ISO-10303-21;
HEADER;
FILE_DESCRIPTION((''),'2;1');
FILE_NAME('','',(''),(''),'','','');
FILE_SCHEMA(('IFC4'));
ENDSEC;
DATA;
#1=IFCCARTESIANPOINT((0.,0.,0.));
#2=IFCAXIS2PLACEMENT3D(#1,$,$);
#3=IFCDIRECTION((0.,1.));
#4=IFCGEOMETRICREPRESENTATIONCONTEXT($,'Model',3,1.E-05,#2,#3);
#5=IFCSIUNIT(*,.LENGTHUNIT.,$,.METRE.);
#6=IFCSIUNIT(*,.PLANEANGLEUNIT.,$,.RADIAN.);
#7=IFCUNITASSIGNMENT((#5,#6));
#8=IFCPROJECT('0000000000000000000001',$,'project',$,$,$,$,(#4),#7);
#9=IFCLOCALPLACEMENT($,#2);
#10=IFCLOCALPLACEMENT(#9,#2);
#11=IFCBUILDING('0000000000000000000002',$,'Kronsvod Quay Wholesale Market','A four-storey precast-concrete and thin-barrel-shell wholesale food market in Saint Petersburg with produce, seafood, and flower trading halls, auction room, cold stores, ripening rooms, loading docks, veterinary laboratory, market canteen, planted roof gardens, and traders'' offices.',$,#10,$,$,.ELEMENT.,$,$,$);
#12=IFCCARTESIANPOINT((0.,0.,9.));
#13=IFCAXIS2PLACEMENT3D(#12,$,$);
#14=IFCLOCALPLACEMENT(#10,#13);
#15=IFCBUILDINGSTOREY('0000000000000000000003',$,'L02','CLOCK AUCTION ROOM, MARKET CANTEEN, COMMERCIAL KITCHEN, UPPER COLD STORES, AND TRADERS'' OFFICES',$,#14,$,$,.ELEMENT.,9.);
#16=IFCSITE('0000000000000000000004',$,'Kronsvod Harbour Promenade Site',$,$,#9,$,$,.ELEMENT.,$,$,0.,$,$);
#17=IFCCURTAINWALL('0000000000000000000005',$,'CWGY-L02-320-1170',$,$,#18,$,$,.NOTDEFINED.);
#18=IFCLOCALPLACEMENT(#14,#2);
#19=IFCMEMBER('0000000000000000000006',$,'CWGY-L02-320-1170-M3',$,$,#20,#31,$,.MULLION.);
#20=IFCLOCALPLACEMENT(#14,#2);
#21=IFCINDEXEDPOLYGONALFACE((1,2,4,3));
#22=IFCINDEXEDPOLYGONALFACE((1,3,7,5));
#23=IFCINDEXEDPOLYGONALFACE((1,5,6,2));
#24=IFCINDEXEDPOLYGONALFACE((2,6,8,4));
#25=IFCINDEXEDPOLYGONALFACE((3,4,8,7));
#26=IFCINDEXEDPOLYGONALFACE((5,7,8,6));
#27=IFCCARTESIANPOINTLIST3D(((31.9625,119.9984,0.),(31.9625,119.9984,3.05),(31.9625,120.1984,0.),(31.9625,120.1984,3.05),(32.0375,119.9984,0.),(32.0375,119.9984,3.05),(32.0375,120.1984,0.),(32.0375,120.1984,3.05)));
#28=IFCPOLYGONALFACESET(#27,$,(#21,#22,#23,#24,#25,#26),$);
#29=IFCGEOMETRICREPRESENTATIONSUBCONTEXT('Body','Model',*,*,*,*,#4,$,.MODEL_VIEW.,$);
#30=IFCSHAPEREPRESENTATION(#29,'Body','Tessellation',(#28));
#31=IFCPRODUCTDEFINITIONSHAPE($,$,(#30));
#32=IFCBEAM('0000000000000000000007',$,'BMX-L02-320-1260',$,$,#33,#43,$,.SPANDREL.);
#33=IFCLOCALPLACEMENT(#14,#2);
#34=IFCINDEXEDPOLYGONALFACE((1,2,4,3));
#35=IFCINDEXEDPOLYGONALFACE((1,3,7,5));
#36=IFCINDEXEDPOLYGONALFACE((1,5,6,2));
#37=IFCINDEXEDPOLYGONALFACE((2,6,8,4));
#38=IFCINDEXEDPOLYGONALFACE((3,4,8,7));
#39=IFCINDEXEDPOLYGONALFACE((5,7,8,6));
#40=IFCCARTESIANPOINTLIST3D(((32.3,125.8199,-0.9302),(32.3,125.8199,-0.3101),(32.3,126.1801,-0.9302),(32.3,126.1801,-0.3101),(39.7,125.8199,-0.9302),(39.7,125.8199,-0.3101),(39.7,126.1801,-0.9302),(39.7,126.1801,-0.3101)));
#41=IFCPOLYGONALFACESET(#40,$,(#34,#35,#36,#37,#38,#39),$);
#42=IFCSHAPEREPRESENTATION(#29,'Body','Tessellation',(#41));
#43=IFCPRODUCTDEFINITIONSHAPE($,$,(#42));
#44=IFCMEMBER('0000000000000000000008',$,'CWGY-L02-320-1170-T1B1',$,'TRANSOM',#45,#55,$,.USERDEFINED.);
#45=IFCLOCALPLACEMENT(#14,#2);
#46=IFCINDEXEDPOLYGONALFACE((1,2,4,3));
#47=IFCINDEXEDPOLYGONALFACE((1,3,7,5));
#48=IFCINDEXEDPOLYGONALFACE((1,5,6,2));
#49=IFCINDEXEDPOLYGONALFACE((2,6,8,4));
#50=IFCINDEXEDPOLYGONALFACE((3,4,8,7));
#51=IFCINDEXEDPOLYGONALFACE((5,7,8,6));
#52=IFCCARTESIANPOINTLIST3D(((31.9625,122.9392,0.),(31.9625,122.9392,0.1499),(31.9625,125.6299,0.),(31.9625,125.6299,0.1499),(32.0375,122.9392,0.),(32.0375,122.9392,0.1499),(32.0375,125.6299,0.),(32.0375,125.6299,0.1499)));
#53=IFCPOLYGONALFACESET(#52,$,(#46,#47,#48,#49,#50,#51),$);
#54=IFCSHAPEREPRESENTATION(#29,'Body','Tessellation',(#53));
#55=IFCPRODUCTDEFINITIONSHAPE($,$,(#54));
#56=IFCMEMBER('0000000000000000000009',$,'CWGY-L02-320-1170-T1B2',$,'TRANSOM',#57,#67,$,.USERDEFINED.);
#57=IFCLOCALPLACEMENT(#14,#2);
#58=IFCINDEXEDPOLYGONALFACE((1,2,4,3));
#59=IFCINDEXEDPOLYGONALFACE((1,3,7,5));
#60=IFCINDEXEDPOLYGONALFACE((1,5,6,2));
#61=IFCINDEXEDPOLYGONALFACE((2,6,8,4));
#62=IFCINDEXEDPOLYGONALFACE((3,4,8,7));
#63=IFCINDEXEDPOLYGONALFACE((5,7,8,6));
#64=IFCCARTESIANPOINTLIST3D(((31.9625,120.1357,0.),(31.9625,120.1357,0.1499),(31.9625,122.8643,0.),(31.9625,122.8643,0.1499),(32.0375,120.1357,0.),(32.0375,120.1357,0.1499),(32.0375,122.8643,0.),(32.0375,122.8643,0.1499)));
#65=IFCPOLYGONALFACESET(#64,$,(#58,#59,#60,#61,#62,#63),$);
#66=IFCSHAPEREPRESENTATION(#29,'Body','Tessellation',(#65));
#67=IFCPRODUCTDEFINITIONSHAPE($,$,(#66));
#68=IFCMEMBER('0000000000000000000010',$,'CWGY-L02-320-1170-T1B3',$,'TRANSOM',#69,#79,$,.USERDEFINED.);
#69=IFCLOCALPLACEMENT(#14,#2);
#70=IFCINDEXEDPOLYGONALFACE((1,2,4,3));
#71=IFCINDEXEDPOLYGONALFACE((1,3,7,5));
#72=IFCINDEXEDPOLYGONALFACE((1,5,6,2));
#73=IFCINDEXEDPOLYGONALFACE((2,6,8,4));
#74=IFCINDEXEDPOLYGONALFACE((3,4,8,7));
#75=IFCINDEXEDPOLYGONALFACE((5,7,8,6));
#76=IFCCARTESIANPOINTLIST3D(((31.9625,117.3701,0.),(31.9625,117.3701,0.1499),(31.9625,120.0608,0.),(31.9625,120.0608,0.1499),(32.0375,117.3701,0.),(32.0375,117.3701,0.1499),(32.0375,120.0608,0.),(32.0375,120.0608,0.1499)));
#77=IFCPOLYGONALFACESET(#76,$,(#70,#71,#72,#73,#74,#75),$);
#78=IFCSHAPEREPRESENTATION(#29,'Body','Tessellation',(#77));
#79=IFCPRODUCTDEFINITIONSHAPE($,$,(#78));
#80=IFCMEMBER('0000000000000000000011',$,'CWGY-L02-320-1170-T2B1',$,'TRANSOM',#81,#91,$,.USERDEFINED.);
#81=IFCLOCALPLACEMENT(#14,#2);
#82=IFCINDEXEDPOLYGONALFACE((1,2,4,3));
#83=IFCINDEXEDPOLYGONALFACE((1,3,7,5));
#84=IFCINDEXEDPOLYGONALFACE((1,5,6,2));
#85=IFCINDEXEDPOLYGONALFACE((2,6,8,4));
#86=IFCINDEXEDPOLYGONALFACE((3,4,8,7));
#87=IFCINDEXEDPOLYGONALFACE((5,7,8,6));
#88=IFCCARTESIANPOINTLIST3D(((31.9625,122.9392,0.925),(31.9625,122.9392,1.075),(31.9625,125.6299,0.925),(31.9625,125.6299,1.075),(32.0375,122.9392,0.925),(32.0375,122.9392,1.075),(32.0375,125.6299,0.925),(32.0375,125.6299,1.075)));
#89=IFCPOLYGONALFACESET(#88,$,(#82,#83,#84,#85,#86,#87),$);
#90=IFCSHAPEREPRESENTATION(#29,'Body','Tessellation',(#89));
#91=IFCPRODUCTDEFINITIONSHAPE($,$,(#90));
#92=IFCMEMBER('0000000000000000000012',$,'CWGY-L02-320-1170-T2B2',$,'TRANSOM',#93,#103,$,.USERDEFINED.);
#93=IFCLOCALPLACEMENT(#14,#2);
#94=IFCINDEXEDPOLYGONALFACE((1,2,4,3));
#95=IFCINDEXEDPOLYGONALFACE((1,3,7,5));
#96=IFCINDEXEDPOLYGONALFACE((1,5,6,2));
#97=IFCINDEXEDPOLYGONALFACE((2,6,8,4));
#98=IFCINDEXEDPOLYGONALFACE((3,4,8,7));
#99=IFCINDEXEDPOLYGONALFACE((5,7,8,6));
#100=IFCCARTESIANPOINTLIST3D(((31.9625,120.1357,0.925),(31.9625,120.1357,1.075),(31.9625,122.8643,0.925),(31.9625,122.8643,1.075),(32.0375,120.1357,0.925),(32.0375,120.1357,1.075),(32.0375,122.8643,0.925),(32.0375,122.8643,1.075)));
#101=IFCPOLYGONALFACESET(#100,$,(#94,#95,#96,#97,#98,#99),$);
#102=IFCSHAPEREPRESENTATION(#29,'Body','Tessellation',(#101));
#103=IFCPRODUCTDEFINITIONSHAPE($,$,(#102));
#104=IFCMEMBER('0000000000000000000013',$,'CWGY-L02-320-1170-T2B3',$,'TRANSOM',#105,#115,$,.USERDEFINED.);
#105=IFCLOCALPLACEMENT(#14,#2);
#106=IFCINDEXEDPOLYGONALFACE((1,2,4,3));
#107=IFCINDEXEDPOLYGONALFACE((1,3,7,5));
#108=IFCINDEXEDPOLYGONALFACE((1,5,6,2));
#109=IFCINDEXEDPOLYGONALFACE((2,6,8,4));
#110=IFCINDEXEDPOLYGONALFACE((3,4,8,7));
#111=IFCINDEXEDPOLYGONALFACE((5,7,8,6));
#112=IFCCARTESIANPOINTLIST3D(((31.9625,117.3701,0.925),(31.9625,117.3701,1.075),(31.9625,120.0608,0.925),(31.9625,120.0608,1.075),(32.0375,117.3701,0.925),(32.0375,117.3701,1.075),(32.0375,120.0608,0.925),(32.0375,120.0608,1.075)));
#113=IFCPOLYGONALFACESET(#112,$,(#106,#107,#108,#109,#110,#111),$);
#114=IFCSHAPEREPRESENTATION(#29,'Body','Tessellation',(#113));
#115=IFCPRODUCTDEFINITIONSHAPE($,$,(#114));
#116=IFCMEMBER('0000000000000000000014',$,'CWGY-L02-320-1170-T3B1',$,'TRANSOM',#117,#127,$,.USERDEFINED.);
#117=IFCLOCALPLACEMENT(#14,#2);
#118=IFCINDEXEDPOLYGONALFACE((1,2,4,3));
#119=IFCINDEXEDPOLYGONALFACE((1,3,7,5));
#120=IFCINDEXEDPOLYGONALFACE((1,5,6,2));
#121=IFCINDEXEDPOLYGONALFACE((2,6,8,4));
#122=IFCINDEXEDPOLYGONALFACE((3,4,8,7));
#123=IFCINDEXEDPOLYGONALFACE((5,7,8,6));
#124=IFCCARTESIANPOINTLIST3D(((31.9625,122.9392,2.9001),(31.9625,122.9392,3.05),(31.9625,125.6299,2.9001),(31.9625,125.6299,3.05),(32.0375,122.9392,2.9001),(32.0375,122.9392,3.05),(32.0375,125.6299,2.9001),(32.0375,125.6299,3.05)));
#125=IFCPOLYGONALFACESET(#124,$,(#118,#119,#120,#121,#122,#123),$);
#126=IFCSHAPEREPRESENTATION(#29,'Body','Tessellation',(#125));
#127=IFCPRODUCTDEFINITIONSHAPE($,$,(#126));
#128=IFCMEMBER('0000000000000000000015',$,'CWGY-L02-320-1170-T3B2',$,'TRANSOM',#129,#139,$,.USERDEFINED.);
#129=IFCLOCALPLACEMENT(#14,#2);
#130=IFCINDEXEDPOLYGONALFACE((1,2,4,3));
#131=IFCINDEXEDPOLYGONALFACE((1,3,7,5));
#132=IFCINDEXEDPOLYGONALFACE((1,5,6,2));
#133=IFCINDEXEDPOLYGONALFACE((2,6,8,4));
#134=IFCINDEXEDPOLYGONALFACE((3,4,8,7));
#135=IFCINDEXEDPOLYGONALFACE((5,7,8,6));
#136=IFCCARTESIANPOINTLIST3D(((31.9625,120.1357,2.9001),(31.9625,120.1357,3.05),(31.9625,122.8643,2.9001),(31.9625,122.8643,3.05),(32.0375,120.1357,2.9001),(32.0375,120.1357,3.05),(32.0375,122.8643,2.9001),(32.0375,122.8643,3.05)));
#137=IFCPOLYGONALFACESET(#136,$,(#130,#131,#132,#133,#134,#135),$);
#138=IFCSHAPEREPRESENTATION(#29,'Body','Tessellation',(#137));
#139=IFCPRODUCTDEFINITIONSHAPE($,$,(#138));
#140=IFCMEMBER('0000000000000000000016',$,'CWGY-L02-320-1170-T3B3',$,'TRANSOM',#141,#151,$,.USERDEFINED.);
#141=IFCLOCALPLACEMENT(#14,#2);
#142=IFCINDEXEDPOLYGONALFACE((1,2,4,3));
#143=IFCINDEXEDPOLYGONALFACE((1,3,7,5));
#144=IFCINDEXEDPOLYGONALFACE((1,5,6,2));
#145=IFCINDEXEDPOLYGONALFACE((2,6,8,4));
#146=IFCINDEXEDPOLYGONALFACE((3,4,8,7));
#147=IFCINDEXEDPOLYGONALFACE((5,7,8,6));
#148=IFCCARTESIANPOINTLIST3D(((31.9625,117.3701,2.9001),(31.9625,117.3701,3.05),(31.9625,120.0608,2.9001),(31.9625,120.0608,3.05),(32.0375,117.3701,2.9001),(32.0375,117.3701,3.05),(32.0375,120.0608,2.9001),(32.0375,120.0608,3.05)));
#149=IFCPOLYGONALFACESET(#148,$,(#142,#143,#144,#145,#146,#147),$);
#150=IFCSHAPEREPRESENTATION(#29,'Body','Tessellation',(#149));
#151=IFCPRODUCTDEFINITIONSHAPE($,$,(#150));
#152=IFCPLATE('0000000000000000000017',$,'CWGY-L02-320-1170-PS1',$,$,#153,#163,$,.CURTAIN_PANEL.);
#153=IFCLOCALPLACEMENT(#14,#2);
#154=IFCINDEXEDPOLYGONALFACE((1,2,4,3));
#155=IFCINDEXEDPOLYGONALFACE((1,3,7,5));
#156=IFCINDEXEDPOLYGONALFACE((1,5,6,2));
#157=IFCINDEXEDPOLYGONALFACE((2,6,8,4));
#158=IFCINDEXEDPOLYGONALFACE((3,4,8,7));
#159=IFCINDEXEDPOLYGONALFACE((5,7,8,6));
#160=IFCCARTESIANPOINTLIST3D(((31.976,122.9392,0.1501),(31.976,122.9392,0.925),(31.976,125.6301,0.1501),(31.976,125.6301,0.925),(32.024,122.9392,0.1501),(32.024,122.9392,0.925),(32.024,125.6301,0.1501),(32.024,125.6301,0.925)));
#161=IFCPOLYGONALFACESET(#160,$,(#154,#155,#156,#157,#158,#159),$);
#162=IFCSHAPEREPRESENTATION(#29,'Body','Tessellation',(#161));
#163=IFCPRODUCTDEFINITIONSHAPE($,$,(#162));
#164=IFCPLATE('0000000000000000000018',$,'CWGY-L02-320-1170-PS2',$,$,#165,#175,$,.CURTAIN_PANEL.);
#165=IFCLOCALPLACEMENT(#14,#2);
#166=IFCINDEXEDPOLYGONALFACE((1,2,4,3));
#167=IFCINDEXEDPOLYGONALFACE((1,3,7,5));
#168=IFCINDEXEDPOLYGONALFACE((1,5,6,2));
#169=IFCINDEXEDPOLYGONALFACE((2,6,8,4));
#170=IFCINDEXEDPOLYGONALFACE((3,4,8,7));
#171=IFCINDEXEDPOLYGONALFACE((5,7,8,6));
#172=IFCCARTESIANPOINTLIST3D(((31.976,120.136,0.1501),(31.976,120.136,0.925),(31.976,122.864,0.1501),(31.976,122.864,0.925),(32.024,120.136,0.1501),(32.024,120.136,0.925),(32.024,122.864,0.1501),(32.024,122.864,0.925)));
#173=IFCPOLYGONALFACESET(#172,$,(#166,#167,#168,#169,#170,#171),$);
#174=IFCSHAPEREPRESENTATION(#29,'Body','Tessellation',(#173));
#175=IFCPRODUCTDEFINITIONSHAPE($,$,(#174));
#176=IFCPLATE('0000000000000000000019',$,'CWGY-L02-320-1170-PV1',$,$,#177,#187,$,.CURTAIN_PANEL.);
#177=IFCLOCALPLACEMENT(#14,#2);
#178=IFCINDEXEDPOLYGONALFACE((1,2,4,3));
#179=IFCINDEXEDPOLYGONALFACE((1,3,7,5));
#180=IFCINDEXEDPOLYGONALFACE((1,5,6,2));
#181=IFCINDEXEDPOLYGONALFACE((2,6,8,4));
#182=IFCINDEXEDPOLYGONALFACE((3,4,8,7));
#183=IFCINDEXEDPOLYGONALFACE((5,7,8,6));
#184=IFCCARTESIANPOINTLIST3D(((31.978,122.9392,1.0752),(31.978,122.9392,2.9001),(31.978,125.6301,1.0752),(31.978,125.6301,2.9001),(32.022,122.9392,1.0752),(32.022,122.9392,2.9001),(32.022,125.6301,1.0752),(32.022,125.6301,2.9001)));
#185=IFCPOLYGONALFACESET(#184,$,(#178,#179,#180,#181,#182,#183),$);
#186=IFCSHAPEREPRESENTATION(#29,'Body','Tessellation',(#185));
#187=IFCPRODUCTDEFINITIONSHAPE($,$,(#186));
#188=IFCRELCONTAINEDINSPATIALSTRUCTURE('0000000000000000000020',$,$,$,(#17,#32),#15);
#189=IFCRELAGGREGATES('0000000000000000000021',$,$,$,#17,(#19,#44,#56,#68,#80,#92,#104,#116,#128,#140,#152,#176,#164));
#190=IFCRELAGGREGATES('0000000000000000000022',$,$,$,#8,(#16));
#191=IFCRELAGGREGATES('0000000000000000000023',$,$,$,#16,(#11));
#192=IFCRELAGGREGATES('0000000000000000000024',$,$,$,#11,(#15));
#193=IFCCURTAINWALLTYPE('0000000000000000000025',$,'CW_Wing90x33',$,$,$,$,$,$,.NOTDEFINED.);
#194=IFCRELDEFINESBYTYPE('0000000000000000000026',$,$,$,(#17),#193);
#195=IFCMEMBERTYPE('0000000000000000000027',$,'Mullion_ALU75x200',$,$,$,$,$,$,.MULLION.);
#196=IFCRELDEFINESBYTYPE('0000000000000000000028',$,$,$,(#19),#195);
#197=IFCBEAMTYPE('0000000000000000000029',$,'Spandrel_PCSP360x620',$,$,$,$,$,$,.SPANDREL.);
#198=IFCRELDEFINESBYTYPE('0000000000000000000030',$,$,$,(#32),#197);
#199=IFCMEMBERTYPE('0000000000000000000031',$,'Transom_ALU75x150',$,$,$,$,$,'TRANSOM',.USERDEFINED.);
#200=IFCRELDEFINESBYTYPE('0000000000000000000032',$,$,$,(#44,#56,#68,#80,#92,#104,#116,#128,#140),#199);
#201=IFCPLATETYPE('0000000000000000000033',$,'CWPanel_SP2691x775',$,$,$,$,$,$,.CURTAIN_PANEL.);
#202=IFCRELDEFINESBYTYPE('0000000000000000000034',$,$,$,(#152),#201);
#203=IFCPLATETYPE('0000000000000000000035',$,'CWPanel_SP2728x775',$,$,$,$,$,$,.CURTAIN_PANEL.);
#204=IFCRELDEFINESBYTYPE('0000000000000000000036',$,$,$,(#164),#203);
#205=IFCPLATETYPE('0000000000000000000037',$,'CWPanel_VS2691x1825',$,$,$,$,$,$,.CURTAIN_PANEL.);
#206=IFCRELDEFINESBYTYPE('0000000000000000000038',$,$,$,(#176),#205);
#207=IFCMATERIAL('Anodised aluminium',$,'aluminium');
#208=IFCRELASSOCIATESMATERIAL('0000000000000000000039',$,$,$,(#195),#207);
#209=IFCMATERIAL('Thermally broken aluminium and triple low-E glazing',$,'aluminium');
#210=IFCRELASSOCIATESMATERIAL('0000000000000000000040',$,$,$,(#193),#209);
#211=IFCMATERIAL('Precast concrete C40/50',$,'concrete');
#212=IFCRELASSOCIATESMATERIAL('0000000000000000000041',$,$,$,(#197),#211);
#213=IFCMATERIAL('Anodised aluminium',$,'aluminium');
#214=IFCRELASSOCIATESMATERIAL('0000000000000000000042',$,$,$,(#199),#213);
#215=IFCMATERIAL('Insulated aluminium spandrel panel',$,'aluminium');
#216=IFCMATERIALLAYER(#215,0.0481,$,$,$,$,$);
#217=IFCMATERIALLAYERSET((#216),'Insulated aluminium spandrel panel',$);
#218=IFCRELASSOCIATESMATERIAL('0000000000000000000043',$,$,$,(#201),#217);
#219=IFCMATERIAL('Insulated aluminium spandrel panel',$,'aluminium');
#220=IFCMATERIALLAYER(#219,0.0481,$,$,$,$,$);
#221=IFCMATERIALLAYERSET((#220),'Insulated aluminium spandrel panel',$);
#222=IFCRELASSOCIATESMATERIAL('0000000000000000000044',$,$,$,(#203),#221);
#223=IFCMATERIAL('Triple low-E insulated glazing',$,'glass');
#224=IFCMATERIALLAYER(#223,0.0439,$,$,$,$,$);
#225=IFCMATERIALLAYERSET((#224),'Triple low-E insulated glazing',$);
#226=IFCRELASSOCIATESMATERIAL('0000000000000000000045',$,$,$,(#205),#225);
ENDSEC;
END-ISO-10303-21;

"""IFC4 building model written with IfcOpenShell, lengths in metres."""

from ifc_helpers import new_model, si_unit, direction, frame, origin, origin_2d, place, context, subcontext, project, spatial, rectangle, extrude, material, layer, layer_set, material_profile, profile_set, type_object, element, aggregate, save


model = new_model("IFC4")

# Units and contexts
model_context = context("Model", 3, precision=1e-05, world=origin(), true_north=direction((0.0, 1.0)))
body_context = subcontext(model_context, "Body", "Model", "MODEL_VIEW")
ifc_project = project(units=[si_unit("LENGTHUNIT", "METRE"), si_unit("PLANEANGLEUNIT", "RADIAN")], contexts=[model_context])

# Site, building, storey
site_placement = place(None, origin())
site = spatial("IfcSite", under=ifc_project, at=site_placement, Name="Kronsvod Harbour Promenade Site", CompositionType="ELEMENT", RefElevation=0.0)
building_placement = place(site_placement, origin())
building = spatial("IfcBuilding", under=site, at=building_placement, Name="Kronsvod Quay Wholesale Market", Description="A four-storey precast-concrete and thin-barrel-shell wholesale food market in Saint Petersburg with produce, seafood, and flower trading halls, auction room, cold stores, ripening rooms, loading docks, veterinary laboratory, market canteen, planted roof gardens, and traders' offices.", CompositionType="ELEMENT")
storey_placement = place(building_placement, frame((0.0, 0.0, 9.0)))
storey = spatial("IfcBuildingStorey", under=building, at=storey_placement, Name="L02", Description="CLOCK AUCTION ROOM, MARKET CANTEEN, COMMERCIAL KITCHEN, UPPER COLD STORES, AND TRADERS' OFFICES", CompositionType="ELEMENT", Elevation=9.0)

# Shared definitions
ifc_material_1 = material(Name="Anodised aluminium", Category="aluminium")
ifc_material_profile_1 = material_profile(ifc_material_1, rectangle(XDim=0.075, YDim=0.2, at=origin_2d()), Name="ALUM75x200")
ifc_profile_set_1 = profile_set([ifc_material_profile_1], Name="Anodised aluminium")
member_type_1 = type_object("IfcMemberType", Name="Mullion_ALU75x200", PredefinedType="MULLION", material=ifc_profile_set_1)

# Curtain wall, member
ifc_material_2 = material(Name="Thermally broken aluminium and triple low-E glazing", Category="aluminium")
curtain_wall_type_1 = type_object("IfcCurtainWallType", Name="CW_Wing90x33", PredefinedType="NOTDEFINED", material=ifc_material_2)
curtain_wall_1_placement = place(storey_placement, origin())
curtain_wall_1 = element("IfcCurtainWall", 1, at=curtain_wall_1_placement, inside=storey, type_object=curtain_wall_type_1, Name="CWGY-L02-320-1170", PredefinedType="NOTDEFINED")
member_1_placement = place(storey_placement, frame((32.0, 120.0984, 0.0), z_axis=(0.0, 0.0, 1.0), x_axis=(1.0, 0.0, 0.0)))
member_1 = element("IfcMember", 2, at=member_1_placement, type_object=member_type_1, Name="CWGY-L02-320-1170-M3", PredefinedType="MULLION", context=body_context, shape_type="SweptSolid", body=[
    extrude(rectangle(XDim=0.075, YDim=0.2, at=origin_2d()), origin(), (0.0, 0.0, 1.0), 3.05),
])

# Beam
ifc_material_3 = material(Name="Precast concrete C40/50", Category="concrete")
ifc_material_profile_2 = material_profile(ifc_material_3, rectangle(XDim=0.3601, YDim=0.6201, at=origin_2d()), Name="SPB-02")
ifc_profile_set_2 = profile_set([ifc_material_profile_2], Name="Precast concrete C40/50")
beam_type_1 = type_object("IfcBeamType", Name="Spandrel_PCSP360x620", PredefinedType="SPANDREL", material=ifc_profile_set_2)
beam_placement = place(storey_placement, frame((32.3, 126.0, -0.6201), z_axis=(1.0, 0.0, 0.0), x_axis=(0.0, 1.0, 0.0)))
element("IfcBeam", 3, at=beam_placement, inside=storey, type_object=beam_type_1, Name="BMX-L02-320-1260", PredefinedType="SPANDREL", context=body_context, shape_type="SweptSolid", body=[
    extrude(rectangle(XDim=0.3601, YDim=0.6201, at=origin_2d()), origin(), (0.0, 0.0, 1.0), 7.3999),
])

# Members
ifc_material_4 = material(Name="Anodised aluminium", Category="aluminium")
ifc_material_profile_3 = material_profile(ifc_material_4, rectangle(XDim=0.075, YDim=0.1499, at=origin_2d()), Name="ALUT75x150")
ifc_profile_set_3 = profile_set([ifc_material_profile_3], Name="Anodised aluminium")
member_type_2 = type_object("IfcMemberType", Name="Transom_ALU75x150", ElementType="TRANSOM", PredefinedType="USERDEFINED", material=ifc_profile_set_3)
member_2_placement = place(storey_placement, frame((32.0, 125.6299, 0.075), z_axis=(0.0, -1.0, 0.0), x_axis=(1.0, 0.0, 0.0)))
member_2 = element("IfcMember", 4, at=member_2_placement, type_object=member_type_2, Name="CWGY-L02-320-1170-T1B1", ObjectType="TRANSOM", PredefinedType="USERDEFINED", context=body_context, shape_type="SweptSolid", body=[
    extrude(rectangle(XDim=0.075, YDim=0.1499, at=origin_2d()), origin(), (0.0, 0.0, 1.0), 2.6907),
])
member_3_placement = place(storey_placement, frame((32.0, 122.8643, 0.075), z_axis=(0.0, -1.0, 0.0), x_axis=(1.0, 0.0, 0.0)))
member_3 = element("IfcMember", 5, at=member_3_placement, type_object=member_type_2, Name="CWGY-L02-320-1170-T1B2", ObjectType="TRANSOM", PredefinedType="USERDEFINED", context=body_context, shape_type="SweptSolid", body=[
    extrude(rectangle(XDim=0.075, YDim=0.1499, at=origin_2d()), origin(), (0.0, 0.0, 1.0), 2.7285),
])
member_4_placement = place(storey_placement, frame((32.0, 120.0608, 0.075), z_axis=(0.0, -1.0, 0.0), x_axis=(1.0, 0.0, 0.0)))
member_4 = element("IfcMember", 6, at=member_4_placement, type_object=member_type_2, Name="CWGY-L02-320-1170-T1B3", ObjectType="TRANSOM", PredefinedType="USERDEFINED", context=body_context, shape_type="SweptSolid", body=[
    extrude(rectangle(XDim=0.075, YDim=0.1499, at=origin_2d()), origin(), (0.0, 0.0, 1.0), 2.6907),
])
member_5_placement = place(storey_placement, frame((32.0, 125.6299, 1.0), z_axis=(0.0, -1.0, 0.0), x_axis=(1.0, 0.0, 0.0)))
member_5 = element("IfcMember", 7, at=member_5_placement, type_object=member_type_2, Name="CWGY-L02-320-1170-T2B1", ObjectType="TRANSOM", PredefinedType="USERDEFINED", context=body_context, shape_type="SweptSolid", body=[
    extrude(rectangle(XDim=0.075, YDim=0.1499, at=origin_2d()), origin(), (0.0, 0.0, 1.0), 2.6907),
])
member_6_placement = place(storey_placement, frame((32.0, 122.8643, 1.0), z_axis=(0.0, -1.0, 0.0), x_axis=(1.0, 0.0, 0.0)))
member_6 = element("IfcMember", 8, at=member_6_placement, type_object=member_type_2, Name="CWGY-L02-320-1170-T2B2", ObjectType="TRANSOM", PredefinedType="USERDEFINED", context=body_context, shape_type="SweptSolid", body=[
    extrude(rectangle(XDim=0.075, YDim=0.1499, at=origin_2d()), origin(), (0.0, 0.0, 1.0), 2.7285),
])
member_7_placement = place(storey_placement, frame((32.0, 120.0608, 1.0), z_axis=(0.0, -1.0, 0.0), x_axis=(1.0, 0.0, 0.0)))
member_7 = element("IfcMember", 9, at=member_7_placement, type_object=member_type_2, Name="CWGY-L02-320-1170-T2B3", ObjectType="TRANSOM", PredefinedType="USERDEFINED", context=body_context, shape_type="SweptSolid", body=[
    extrude(rectangle(XDim=0.075, YDim=0.1499, at=origin_2d()), origin(), (0.0, 0.0, 1.0), 2.6907),
])
member_8_placement = place(storey_placement, frame((32.0, 125.6299, 2.9751), z_axis=(0.0, -1.0, 0.0), x_axis=(1.0, 0.0, 0.0)))
member_8 = element("IfcMember", 10, at=member_8_placement, type_object=member_type_2, Name="CWGY-L02-320-1170-T3B1", ObjectType="TRANSOM", PredefinedType="USERDEFINED", context=body_context, shape_type="SweptSolid", body=[
    extrude(rectangle(XDim=0.075, YDim=0.1499, at=origin_2d()), origin(), (0.0, 0.0, 1.0), 2.6907),
])
member_9_placement = place(storey_placement, frame((32.0, 122.8643, 2.9751), z_axis=(0.0, -1.0, 0.0), x_axis=(1.0, 0.0, 0.0)))
member_9 = element("IfcMember", 11, at=member_9_placement, type_object=member_type_2, Name="CWGY-L02-320-1170-T3B2", ObjectType="TRANSOM", PredefinedType="USERDEFINED", context=body_context, shape_type="SweptSolid", body=[
    extrude(rectangle(XDim=0.075, YDim=0.1499, at=origin_2d()), origin(), (0.0, 0.0, 1.0), 2.7285),
])
member_10_placement = place(storey_placement, frame((32.0, 120.0608, 2.9751), z_axis=(0.0, -1.0, 0.0), x_axis=(1.0, 0.0, 0.0)))
member_10 = element("IfcMember", 12, at=member_10_placement, type_object=member_type_2, Name="CWGY-L02-320-1170-T3B3", ObjectType="TRANSOM", PredefinedType="USERDEFINED", context=body_context, shape_type="SweptSolid", body=[
    extrude(rectangle(XDim=0.075, YDim=0.1499, at=origin_2d()), origin(), (0.0, 0.0, 1.0), 2.6907),
])

# Plates
ifc_material_5 = material(Name="Insulated aluminium spandrel panel", Category="aluminium")
ifc_layer_1 = layer(ifc_material_5, 0.0481)
ifc_layer_set_1 = layer_set([ifc_layer_1], Name="Insulated aluminium spandrel panel")
plate_type_1 = type_object("IfcPlateType", Name="CWPanel_SP2691x775", PredefinedType="CURTAIN_PANEL", material=ifc_layer_set_1)
plate_1_placement = place(storey_placement, frame((32.0, 124.2847, 0.1501), z_axis=(0.0, 0.0, 1.0), x_axis=(0.0, -1.0, 0.0)))
plate_1 = element("IfcPlate", 13, at=plate_1_placement, type_object=plate_type_1, Name="CWGY-L02-320-1170-PS1", PredefinedType="CURTAIN_PANEL", context=body_context, shape_type="SweptSolid", body=[
    extrude(rectangle(XDim=2.6909, YDim=0.0481, at=origin_2d()), origin(), (0.0, 0.0, 1.0), 0.7749),
])
ifc_material_6 = material(Name="Insulated aluminium spandrel panel", Category="aluminium")
ifc_layer_2 = layer(ifc_material_6, 0.0481)
ifc_layer_set_2 = layer_set([ifc_layer_2], Name="Insulated aluminium spandrel panel")
plate_type_2 = type_object("IfcPlateType", Name="CWPanel_SP2728x775", PredefinedType="CURTAIN_PANEL", material=ifc_layer_set_2)
plate_2_placement = place(storey_placement, frame((32.0, 121.5, 0.1501), z_axis=(0.0, 0.0, 1.0), x_axis=(0.0, -1.0, 0.0)))
plate_2 = element("IfcPlate", 14, at=plate_2_placement, type_object=plate_type_2, Name="CWGY-L02-320-1170-PS2", PredefinedType="CURTAIN_PANEL", context=body_context, shape_type="SweptSolid", body=[
    extrude(rectangle(XDim=2.728, YDim=0.0481, at=origin_2d()), origin(), (0.0, 0.0, 1.0), 0.7749),
])
ifc_material_7 = material(Name="Triple low-E insulated glazing", Category="glass")
ifc_layer_3 = layer(ifc_material_7, 0.0439)
ifc_layer_set_3 = layer_set([ifc_layer_3], Name="Triple low-E insulated glazing")
plate_type_3 = type_object("IfcPlateType", Name="CWPanel_VS2691x1825", PredefinedType="CURTAIN_PANEL", material=ifc_layer_set_3)
plate_3_placement = place(storey_placement, frame((32.0, 124.2847, 1.0752), z_axis=(0.0, 0.0, 1.0), x_axis=(0.0, -1.0, 0.0)))
plate_3 = element("IfcPlate", 15, at=plate_3_placement, type_object=plate_type_3, Name="CWGY-L02-320-1170-PV1", PredefinedType="CURTAIN_PANEL", context=body_context, shape_type="SweptSolid", body=[
    extrude(rectangle(XDim=2.6909, YDim=0.0439, at=origin_2d()), origin(), (0.0, 0.0, 1.0), 1.825),
])
aggregate(curtain_wall_1, [member_1, member_2, member_3, member_4, member_5, member_6, member_7, member_8, member_9, member_10, plate_1, plate_3, plate_2])

save(model, "model.ifc")
